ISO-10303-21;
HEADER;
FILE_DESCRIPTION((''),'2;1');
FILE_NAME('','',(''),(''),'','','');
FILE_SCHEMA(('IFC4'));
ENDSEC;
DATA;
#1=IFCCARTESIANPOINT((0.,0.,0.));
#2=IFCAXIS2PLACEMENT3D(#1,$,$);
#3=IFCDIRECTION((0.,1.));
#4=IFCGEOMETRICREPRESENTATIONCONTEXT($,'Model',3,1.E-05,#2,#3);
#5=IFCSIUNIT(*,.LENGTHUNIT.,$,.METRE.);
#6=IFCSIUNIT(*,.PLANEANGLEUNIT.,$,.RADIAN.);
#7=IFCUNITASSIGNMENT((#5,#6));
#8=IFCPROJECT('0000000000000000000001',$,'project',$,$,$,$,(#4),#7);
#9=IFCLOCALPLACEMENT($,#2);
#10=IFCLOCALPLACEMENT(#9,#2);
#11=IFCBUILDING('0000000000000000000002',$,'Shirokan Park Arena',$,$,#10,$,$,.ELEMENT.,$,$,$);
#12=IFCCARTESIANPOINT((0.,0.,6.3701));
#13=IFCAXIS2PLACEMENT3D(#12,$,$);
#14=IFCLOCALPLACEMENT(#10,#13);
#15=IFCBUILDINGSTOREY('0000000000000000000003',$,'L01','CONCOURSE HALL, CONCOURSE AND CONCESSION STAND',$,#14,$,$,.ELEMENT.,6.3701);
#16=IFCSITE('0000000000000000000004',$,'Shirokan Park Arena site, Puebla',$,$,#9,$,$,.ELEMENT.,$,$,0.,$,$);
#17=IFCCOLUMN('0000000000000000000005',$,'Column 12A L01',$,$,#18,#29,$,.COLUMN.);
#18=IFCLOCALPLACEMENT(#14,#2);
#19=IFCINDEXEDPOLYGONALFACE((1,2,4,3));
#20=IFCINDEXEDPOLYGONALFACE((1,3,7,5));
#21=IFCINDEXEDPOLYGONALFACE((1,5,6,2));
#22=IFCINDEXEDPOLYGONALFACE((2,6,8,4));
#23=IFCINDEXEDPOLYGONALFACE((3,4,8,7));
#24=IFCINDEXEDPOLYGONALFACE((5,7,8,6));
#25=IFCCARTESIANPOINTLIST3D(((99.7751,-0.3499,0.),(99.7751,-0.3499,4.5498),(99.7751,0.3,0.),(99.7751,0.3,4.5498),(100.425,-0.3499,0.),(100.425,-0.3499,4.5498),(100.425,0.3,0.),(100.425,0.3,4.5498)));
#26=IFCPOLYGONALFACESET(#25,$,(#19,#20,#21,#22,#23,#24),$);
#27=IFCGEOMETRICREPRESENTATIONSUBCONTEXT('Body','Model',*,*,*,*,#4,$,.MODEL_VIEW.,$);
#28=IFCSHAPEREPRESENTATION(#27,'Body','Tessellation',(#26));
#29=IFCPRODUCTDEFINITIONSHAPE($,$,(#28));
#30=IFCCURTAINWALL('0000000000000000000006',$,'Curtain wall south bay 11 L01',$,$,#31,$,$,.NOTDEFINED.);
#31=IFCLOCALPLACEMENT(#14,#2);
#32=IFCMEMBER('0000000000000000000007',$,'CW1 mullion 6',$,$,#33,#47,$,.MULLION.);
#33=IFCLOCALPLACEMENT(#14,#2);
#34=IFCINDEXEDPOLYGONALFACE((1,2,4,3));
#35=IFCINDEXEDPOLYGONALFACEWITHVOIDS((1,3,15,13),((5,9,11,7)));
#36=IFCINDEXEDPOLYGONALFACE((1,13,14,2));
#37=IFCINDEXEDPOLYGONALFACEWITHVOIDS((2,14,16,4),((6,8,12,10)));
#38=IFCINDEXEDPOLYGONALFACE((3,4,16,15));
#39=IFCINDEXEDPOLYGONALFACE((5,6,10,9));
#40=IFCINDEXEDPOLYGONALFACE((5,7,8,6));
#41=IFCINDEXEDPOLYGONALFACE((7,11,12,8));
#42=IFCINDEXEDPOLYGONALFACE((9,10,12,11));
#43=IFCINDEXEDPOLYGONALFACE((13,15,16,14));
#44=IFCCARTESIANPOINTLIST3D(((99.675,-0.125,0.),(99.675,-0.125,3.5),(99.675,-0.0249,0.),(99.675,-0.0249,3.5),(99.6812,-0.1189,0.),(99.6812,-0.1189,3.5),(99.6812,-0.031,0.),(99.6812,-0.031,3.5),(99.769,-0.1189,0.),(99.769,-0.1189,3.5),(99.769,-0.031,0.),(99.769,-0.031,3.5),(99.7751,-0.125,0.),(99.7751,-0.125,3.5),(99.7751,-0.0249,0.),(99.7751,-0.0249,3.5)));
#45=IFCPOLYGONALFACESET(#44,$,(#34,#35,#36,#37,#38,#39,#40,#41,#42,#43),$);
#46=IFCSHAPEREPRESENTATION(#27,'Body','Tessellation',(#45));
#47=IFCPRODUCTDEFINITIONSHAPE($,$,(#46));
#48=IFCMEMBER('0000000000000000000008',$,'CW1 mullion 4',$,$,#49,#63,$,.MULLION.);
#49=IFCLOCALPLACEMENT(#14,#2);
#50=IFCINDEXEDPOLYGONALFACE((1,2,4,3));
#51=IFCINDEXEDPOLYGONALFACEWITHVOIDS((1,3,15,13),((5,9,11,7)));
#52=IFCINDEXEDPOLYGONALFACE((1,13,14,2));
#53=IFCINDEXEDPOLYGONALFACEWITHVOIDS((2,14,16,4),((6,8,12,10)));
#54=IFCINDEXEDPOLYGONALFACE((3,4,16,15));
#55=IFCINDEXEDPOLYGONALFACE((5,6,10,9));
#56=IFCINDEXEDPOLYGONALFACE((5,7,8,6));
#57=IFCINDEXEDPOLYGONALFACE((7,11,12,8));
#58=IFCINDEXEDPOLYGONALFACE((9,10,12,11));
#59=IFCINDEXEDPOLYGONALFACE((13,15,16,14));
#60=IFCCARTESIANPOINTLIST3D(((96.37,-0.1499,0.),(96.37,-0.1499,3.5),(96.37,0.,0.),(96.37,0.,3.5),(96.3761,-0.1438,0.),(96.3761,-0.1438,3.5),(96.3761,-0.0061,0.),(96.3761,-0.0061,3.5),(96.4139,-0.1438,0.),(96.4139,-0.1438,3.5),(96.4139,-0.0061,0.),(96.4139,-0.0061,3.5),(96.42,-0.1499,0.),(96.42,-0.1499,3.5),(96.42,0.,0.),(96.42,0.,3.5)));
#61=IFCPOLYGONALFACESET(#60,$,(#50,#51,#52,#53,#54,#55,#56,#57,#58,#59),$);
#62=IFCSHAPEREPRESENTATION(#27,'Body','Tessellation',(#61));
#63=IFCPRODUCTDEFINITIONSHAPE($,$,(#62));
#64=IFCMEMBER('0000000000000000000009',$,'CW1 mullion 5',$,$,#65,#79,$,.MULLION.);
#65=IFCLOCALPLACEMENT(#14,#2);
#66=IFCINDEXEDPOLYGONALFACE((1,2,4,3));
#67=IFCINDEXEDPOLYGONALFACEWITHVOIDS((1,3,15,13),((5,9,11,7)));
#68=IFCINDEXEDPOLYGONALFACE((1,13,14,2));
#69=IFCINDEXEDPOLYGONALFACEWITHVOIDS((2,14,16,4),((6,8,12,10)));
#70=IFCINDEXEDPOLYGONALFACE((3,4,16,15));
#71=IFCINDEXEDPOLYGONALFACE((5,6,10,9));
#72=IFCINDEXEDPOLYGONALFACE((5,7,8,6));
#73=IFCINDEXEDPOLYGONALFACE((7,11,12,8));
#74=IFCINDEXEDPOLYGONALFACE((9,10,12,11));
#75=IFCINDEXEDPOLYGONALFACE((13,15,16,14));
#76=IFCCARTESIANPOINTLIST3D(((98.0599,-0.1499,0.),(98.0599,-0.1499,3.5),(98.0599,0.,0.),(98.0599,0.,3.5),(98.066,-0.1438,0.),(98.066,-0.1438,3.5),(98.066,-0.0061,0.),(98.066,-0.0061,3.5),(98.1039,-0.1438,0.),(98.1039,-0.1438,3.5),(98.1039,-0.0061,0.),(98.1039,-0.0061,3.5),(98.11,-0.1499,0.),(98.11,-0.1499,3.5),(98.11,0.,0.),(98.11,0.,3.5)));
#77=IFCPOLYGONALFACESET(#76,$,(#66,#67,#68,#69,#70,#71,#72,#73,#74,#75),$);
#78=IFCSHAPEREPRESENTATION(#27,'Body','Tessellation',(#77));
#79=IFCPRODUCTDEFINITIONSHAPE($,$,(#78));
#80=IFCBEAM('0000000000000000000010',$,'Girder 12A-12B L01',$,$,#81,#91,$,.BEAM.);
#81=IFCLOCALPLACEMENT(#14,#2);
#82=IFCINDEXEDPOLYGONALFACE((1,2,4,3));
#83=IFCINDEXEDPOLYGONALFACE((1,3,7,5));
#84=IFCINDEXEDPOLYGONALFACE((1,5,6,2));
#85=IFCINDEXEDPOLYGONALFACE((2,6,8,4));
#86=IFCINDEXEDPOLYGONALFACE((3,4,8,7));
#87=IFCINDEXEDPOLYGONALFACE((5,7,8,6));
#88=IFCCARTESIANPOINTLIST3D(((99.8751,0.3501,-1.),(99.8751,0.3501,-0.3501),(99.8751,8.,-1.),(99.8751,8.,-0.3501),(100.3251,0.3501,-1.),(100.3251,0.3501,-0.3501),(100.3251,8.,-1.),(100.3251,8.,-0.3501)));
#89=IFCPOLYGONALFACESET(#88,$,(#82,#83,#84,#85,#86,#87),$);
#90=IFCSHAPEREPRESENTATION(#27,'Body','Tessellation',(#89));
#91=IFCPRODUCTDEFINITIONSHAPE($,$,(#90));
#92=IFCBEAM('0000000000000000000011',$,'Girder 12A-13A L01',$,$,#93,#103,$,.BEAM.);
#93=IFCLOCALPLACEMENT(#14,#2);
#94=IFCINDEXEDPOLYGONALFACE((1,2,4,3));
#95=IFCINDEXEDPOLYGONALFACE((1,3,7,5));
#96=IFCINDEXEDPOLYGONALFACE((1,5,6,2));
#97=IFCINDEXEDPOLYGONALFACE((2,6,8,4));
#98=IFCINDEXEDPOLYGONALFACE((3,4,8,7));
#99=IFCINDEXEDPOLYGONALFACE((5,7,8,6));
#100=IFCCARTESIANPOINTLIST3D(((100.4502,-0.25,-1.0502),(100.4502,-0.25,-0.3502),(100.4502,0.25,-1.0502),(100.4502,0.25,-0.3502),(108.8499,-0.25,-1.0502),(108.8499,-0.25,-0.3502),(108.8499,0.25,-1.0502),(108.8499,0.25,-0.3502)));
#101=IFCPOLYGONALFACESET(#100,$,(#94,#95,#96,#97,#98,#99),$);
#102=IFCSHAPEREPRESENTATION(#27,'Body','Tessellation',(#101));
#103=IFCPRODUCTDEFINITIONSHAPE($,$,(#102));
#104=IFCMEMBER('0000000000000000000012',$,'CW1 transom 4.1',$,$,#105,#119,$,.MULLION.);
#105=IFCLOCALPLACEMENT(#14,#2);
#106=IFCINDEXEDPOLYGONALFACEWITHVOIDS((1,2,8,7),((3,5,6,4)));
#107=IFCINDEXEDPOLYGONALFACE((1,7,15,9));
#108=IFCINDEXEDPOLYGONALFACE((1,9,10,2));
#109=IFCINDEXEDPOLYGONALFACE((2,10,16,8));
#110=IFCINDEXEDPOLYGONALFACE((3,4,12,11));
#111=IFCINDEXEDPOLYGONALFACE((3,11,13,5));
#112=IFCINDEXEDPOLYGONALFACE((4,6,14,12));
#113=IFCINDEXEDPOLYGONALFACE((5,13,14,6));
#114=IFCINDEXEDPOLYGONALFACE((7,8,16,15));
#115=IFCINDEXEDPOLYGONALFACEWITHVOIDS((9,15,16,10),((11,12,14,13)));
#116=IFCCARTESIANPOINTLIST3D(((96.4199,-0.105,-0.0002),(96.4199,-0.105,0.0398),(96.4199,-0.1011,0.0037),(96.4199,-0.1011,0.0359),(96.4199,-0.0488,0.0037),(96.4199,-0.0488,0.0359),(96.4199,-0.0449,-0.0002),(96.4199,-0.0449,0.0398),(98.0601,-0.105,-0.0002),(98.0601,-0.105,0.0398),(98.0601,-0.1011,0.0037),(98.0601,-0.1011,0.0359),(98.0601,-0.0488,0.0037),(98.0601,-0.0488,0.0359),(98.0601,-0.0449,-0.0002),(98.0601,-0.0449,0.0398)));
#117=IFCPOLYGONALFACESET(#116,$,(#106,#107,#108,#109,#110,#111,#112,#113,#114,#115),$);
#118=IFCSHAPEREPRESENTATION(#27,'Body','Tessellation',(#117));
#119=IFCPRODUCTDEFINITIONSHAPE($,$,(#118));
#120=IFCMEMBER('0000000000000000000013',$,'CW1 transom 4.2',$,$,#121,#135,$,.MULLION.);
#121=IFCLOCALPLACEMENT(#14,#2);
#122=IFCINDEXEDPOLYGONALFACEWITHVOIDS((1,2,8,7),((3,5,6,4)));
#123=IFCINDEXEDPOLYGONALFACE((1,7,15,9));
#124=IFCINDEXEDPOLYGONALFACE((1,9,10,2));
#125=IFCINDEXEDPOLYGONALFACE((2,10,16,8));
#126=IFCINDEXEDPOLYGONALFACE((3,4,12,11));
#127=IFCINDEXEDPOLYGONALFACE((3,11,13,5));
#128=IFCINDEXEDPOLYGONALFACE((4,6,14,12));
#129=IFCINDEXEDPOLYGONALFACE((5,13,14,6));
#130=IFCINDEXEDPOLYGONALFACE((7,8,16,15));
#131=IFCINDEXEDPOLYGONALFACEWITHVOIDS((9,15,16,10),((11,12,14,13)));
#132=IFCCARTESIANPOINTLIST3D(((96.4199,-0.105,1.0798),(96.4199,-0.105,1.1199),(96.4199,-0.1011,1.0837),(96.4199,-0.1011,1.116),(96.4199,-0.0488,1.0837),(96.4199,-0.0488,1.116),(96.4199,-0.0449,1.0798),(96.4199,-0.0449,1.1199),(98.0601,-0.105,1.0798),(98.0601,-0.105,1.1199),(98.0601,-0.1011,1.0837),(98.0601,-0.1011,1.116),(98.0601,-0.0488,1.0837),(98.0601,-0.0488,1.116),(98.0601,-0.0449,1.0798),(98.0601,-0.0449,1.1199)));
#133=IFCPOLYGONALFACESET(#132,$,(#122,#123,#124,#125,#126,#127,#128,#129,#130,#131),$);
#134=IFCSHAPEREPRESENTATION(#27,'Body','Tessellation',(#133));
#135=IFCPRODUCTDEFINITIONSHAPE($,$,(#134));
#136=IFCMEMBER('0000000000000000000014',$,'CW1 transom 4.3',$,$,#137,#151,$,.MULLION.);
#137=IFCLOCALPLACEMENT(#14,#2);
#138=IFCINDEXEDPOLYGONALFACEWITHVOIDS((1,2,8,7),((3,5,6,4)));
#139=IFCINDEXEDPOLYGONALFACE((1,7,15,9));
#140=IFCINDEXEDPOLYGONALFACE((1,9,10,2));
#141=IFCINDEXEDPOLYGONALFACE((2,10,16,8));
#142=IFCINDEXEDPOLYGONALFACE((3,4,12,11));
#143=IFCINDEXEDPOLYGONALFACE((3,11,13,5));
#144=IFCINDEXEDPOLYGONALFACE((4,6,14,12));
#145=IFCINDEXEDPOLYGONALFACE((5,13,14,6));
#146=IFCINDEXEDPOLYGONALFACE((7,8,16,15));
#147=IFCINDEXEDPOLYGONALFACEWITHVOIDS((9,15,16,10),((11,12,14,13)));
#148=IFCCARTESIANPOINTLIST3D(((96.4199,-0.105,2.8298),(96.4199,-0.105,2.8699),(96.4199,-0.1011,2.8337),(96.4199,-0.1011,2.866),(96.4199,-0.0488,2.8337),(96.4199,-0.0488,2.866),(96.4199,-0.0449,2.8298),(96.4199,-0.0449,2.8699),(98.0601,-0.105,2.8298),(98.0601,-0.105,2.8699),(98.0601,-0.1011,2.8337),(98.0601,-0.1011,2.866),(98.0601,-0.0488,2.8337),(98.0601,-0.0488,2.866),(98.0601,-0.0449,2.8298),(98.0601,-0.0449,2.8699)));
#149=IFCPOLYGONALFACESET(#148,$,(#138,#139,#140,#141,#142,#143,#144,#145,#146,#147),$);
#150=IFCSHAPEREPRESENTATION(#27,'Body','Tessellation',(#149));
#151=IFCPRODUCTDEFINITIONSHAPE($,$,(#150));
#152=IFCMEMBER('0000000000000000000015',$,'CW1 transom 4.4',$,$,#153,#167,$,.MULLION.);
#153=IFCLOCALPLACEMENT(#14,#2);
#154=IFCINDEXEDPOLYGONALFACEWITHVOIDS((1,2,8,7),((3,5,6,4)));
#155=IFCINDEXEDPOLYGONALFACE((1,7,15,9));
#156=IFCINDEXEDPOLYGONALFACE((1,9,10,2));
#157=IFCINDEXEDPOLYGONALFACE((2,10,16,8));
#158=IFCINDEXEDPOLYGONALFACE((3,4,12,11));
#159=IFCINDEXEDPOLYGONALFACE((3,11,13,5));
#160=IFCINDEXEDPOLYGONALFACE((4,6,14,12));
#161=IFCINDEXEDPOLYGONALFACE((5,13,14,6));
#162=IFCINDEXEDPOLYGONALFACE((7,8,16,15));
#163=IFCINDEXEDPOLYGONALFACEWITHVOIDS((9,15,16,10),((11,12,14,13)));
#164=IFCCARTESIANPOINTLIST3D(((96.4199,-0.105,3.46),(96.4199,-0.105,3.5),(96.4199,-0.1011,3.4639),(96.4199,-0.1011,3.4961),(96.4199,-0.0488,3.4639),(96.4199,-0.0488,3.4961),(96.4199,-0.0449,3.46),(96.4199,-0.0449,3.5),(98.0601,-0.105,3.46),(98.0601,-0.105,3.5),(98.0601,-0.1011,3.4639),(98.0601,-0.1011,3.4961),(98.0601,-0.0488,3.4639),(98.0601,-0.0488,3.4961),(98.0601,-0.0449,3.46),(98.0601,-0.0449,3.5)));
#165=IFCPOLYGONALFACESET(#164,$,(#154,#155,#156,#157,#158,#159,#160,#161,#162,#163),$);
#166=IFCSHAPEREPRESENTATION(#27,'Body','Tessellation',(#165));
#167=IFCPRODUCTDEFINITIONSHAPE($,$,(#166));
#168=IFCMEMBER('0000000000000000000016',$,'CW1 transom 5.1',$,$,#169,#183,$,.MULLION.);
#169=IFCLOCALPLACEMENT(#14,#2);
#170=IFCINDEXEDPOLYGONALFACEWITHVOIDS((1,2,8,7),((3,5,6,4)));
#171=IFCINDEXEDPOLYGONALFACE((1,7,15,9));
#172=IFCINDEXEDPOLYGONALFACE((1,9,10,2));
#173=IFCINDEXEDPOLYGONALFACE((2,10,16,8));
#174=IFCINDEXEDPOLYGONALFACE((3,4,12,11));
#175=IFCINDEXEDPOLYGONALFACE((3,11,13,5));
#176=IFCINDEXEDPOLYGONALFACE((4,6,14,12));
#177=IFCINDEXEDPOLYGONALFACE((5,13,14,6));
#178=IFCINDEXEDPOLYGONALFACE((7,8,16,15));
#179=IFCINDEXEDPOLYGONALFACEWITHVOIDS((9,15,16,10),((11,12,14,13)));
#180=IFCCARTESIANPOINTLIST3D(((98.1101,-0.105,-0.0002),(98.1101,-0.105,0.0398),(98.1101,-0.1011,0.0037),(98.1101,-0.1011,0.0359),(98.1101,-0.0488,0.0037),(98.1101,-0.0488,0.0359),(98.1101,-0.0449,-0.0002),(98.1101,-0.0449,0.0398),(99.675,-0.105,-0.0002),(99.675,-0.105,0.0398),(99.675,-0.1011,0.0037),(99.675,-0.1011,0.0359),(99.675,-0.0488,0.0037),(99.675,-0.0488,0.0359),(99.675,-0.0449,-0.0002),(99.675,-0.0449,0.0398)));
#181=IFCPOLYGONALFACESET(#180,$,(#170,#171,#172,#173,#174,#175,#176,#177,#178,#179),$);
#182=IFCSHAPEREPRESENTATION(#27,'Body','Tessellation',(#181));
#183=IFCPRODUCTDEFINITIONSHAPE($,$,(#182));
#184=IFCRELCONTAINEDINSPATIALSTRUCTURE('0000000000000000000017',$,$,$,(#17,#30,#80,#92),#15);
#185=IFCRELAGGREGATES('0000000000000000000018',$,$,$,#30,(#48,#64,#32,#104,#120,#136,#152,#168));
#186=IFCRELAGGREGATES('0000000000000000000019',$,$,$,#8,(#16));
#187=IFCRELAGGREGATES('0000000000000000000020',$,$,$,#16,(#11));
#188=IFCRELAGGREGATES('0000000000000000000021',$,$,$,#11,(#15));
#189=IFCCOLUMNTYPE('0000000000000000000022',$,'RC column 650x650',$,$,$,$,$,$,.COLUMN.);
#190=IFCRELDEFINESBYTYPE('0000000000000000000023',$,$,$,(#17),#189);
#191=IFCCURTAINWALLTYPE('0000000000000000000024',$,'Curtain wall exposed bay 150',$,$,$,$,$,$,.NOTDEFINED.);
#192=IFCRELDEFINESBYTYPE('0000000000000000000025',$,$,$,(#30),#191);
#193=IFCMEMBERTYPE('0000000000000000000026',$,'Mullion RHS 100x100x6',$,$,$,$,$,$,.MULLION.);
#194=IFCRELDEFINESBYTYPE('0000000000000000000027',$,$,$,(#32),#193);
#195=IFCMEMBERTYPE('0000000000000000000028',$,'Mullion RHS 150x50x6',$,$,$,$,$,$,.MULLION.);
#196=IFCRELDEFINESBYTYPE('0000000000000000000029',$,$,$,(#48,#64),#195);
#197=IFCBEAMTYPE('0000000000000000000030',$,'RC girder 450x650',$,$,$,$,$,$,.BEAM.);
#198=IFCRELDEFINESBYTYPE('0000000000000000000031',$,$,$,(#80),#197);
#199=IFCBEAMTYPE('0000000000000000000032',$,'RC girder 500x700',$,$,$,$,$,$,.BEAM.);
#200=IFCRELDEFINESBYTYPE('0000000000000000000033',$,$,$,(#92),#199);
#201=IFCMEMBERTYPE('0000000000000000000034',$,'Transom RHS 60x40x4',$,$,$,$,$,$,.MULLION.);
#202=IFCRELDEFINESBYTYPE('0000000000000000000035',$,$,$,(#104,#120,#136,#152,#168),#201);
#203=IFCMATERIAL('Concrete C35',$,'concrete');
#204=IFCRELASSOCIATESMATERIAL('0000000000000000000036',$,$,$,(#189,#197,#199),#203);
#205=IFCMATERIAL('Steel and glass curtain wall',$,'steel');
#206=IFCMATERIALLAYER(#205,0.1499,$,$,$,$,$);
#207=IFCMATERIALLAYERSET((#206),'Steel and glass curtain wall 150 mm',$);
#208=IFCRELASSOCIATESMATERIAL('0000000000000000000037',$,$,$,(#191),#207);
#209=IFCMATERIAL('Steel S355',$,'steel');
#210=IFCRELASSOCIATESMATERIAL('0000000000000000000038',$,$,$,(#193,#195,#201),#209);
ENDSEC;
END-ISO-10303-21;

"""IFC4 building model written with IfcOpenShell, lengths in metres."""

from ifc_helpers import new_model, si_unit, direction, frame, origin, origin_2d, place, context, subcontext, project, spatial, rectangle, hollow_rectangle, extrude, material, layer, layer_set, material_profile, profile_set, type_object, element, aggregate, save


model = new_model("IFC4")

# Units and contexts
model_context = context("Model", 3, precision=1e-05, world=origin(), true_north=direction((0.0, 1.0)))
body_context = subcontext(model_context, "Body", "Model", "MODEL_VIEW")
ifc_project = project(units=[si_unit("LENGTHUNIT", "METRE"), si_unit("PLANEANGLEUNIT", "RADIAN")], contexts=[model_context])

# Site, building, storey
site_placement = place(None, origin())
site = spatial("IfcSite", under=ifc_project, at=site_placement, Name="Shirokan Park Arena site, Puebla", CompositionType="ELEMENT", RefElevation=0.0)
building_placement = place(site_placement, origin())
building = spatial("IfcBuilding", under=site, at=building_placement, Name="Shirokan Park Arena", CompositionType="ELEMENT")
storey_placement = place(building_placement, frame((0.0, 0.0, 6.3701)))
storey = spatial("IfcBuildingStorey", under=building, at=storey_placement, Name="L01", Description="CONCOURSE HALL, CONCOURSE AND CONCESSION STAND", CompositionType="ELEMENT", Elevation=6.3701)

# Column
ifc_material_1 = material(Name="Concrete C35", Category="concrete")
ifc_material_profile_1 = material_profile(ifc_material_1, rectangle(XDim=0.6499, YDim=0.6499, at=origin_2d()), Name="650x650")
ifc_profile_set_1 = profile_set([ifc_material_profile_1], Name="Concrete C35")
column_type = type_object("IfcColumnType", Name="RC column 650x650", PredefinedType="COLUMN", material=ifc_profile_set_1)
column_placement = place(storey_placement, frame((100.1001, -0.0249, 0.0), z_axis=(0.0, 0.0, 1.0), x_axis=(1.0, 0.0, 0.0)))
element("IfcColumn", 1, at=column_placement, inside=storey, type_object=column_type, Name="Column 12A L01", PredefinedType="COLUMN", context=body_context, shape_type="SweptSolid", body=[
    extrude(rectangle(XDim=0.6499, YDim=0.6499, at=origin_2d()), origin(), (0.0, 0.0, 1.0), 4.5498),
])

# Curtain wall, members
ifc_material_2 = material(Name="Steel and glass curtain wall", Category="steel")
ifc_layer_1 = layer(ifc_material_2, 0.1499)
ifc_layer_set_1 = layer_set([ifc_layer_1], Name="Steel and glass curtain wall 150 mm")
curtain_wall_type = type_object("IfcCurtainWallType", Name="Curtain wall exposed bay 150", PredefinedType="NOTDEFINED", material=ifc_layer_set_1)
curtain_wall_placement = place(storey_placement, origin())
curtain_wall = element("IfcCurtainWall", 2, at=curtain_wall_placement, inside=storey, type_object=curtain_wall_type, Name="Curtain wall south bay 11 L01", PredefinedType="NOTDEFINED")
ifc_material_3 = material(Name="Steel S355", Category="steel")
ifc_material_profile_2 = material_profile(ifc_material_3, hollow_rectangle(XDim=0.1001, YDim=0.1001, WallThickness=0.0061, at=origin_2d()), Name="RHS 100x100x6")
ifc_profile_set_2 = profile_set([ifc_material_profile_2], Name="Steel S355")
member_type_1 = type_object("IfcMemberType", Name="Mullion RHS 100x100x6", PredefinedType="MULLION", material=ifc_profile_set_2)
member_1_placement = place(storey_placement, frame((99.7251, -0.075, 0.0), z_axis=(0.0, 0.0, 1.0), x_axis=(0.0, 1.0, 0.0)))
member_1 = element("IfcMember", 3, at=member_1_placement, type_object=member_type_1, Name="CW1 mullion 6", PredefinedType="MULLION", context=body_context, shape_type="SweptSolid", body=[
    extrude(hollow_rectangle(XDim=0.1001, YDim=0.1001, WallThickness=0.0061, at=origin_2d()), origin(), (0.0, 0.0, 1.0), 3.5),
])
ifc_material_profile_3 = material_profile(ifc_material_3, hollow_rectangle(XDim=0.1499, YDim=0.05, WallThickness=0.0061, at=origin_2d()), Name="RHS 150x50x6")
ifc_profile_set_3 = profile_set([ifc_material_profile_3], Name="Steel S355")
member_type_2 = type_object("IfcMemberType", Name="Mullion RHS 150x50x6", PredefinedType="MULLION", material=ifc_profile_set_3)
member_2_placement = place(storey_placement, frame((96.395, -0.075, 0.0), z_axis=(0.0, 0.0, 1.0), x_axis=(0.0, 1.0, 0.0)))
member_2 = element("IfcMember", 4, at=member_2_placement, type_object=member_type_2, Name="CW1 mullion 4", PredefinedType="MULLION", context=body_context, shape_type="SweptSolid", body=[
    extrude(hollow_rectangle(XDim=0.1499, YDim=0.05, WallThickness=0.0061, at=origin_2d()), origin(), (0.0, 0.0, 1.0), 3.5),
])
member_3_placement = place(storey_placement, frame((98.085, -0.075, 0.0), z_axis=(0.0, 0.0, 1.0), x_axis=(0.0, 1.0, 0.0)))
member_3 = element("IfcMember", 5, at=member_3_placement, type_object=member_type_2, Name="CW1 mullion 5", PredefinedType="MULLION", context=body_context, shape_type="SweptSolid", body=[
    extrude(hollow_rectangle(XDim=0.1499, YDim=0.05, WallThickness=0.0061, at=origin_2d()), origin(), (0.0, 0.0, 1.0), 3.5),
])

# Beams
ifc_material_profile_4 = material_profile(ifc_material_1, rectangle(XDim=0.45, YDim=0.6499, at=origin_2d()), Name="450x650")
ifc_profile_set_4 = profile_set([ifc_material_profile_4], Name="Concrete C35")
beam_type_1 = type_object("IfcBeamType", Name="RC girder 450x650", PredefinedType="BEAM", material=ifc_profile_set_4)
beam_1_placement = place(storey_placement, frame((100.1001, 0.3501, -0.675), z_axis=(0.0, 1.0, 0.0), x_axis=(-1.0, 0.0, 0.0)))
element("IfcBeam", 6, at=beam_1_placement, inside=storey, type_object=beam_type_1, Name="Girder 12A-12B L01", PredefinedType="BEAM", context=body_context, shape_type="SweptSolid", body=[
    extrude(rectangle(XDim=0.45, YDim=0.6499, at=origin_2d()), origin(), (0.0, 0.0, 1.0), 7.6499),
])
ifc_material_profile_5 = material_profile(ifc_material_1, rectangle(XDim=0.5, YDim=0.7, at=origin_2d()), Name="500x700")
ifc_profile_set_5 = profile_set([ifc_material_profile_5], Name="Concrete C35")
beam_type_2 = type_object("IfcBeamType", Name="RC girder 500x700", PredefinedType="BEAM", material=ifc_profile_set_5)
beam_2_placement = place(storey_placement, frame((100.4502, 0.0, -0.7002), z_axis=(1.0, 0.0, 0.0), x_axis=(0.0, 1.0, 0.0)))
element("IfcBeam", 7, at=beam_2_placement, inside=storey, type_object=beam_type_2, Name="Girder 12A-13A L01", PredefinedType="BEAM", context=body_context, shape_type="SweptSolid", body=[
    extrude(rectangle(XDim=0.5, YDim=0.7, at=origin_2d()), origin(), (0.0, 0.0, 1.0), 8.3997),
])

# Members
ifc_material_profile_6 = material_profile(ifc_material_3, hollow_rectangle(XDim=0.0601, YDim=0.04, WallThickness=0.0039, at=origin_2d()), Name="RHS 60x40x4")
ifc_profile_set_6 = profile_set([ifc_material_profile_6], Name="Steel S355")
member_type_3 = type_object("IfcMemberType", Name="Transom RHS 60x40x4", PredefinedType="MULLION", material=ifc_profile_set_6)
member_4_placement = place(storey_placement, frame((96.4199, -0.075, 0.0198), z_axis=(1.0, 0.0, 0.0), x_axis=(0.0, 1.0, 0.0)))
member_4 = element("IfcMember", 8, at=member_4_placement, type_object=member_type_3, Name="CW1 transom 4.1", PredefinedType="MULLION", context=body_context, shape_type="SweptSolid", body=[
    extrude(hollow_rectangle(XDim=0.0601, YDim=0.04, WallThickness=0.0039, at=origin_2d()), origin(), (0.0, 0.0, 1.0), 1.6401),
])
member_5_placement = place(storey_placement, frame((96.4199, -0.075, 1.0999), z_axis=(1.0, 0.0, 0.0), x_axis=(0.0, 1.0, 0.0)))
member_5 = element("IfcMember", 9, at=member_5_placement, type_object=member_type_3, Name="CW1 transom 4.2", PredefinedType="MULLION", context=body_context, shape_type="SweptSolid", body=[
    extrude(hollow_rectangle(XDim=0.0601, YDim=0.04, WallThickness=0.0039, at=origin_2d()), origin(), (0.0, 0.0, 1.0), 1.6401),
])
member_6_placement = place(storey_placement, frame((96.4199, -0.075, 2.8499), z_axis=(1.0, 0.0, 0.0), x_axis=(0.0, 1.0, 0.0)))
member_6 = element("IfcMember", 10, at=member_6_placement, type_object=member_type_3, Name="CW1 transom 4.3", PredefinedType="MULLION", context=body_context, shape_type="SweptSolid", body=[
    extrude(hollow_rectangle(XDim=0.0601, YDim=0.04, WallThickness=0.0039, at=origin_2d()), origin(), (0.0, 0.0, 1.0), 1.6401),
])
member_7_placement = place(storey_placement, frame((96.4199, -0.075, 3.48), z_axis=(1.0, 0.0, 0.0), x_axis=(0.0, 1.0, 0.0)))
member_7 = element("IfcMember", 11, at=member_7_placement, type_object=member_type_3, Name="CW1 transom 4.4", PredefinedType="MULLION", context=body_context, shape_type="SweptSolid", body=[
    extrude(hollow_rectangle(XDim=0.0601, YDim=0.04, WallThickness=0.0039, at=origin_2d()), origin(), (0.0, 0.0, 1.0), 1.6401),
])
member_8_placement = place(storey_placement, frame((98.1101, -0.075, 0.0198), z_axis=(1.0, 0.0, 0.0), x_axis=(0.0, 1.0, 0.0)))
member_8 = element("IfcMember", 12, at=member_8_placement, type_object=member_type_3, Name="CW1 transom 5.1", PredefinedType="MULLION", context=body_context, shape_type="SweptSolid", body=[
    extrude(hollow_rectangle(XDim=0.0601, YDim=0.04, WallThickness=0.0039, at=origin_2d()), origin(), (0.0, 0.0, 1.0), 1.5649),
])

aggregate(curtain_wall, [member_2, member_3, member_1, member_4, member_5, member_6, member_7, member_8])

save(model, "model.ifc")
